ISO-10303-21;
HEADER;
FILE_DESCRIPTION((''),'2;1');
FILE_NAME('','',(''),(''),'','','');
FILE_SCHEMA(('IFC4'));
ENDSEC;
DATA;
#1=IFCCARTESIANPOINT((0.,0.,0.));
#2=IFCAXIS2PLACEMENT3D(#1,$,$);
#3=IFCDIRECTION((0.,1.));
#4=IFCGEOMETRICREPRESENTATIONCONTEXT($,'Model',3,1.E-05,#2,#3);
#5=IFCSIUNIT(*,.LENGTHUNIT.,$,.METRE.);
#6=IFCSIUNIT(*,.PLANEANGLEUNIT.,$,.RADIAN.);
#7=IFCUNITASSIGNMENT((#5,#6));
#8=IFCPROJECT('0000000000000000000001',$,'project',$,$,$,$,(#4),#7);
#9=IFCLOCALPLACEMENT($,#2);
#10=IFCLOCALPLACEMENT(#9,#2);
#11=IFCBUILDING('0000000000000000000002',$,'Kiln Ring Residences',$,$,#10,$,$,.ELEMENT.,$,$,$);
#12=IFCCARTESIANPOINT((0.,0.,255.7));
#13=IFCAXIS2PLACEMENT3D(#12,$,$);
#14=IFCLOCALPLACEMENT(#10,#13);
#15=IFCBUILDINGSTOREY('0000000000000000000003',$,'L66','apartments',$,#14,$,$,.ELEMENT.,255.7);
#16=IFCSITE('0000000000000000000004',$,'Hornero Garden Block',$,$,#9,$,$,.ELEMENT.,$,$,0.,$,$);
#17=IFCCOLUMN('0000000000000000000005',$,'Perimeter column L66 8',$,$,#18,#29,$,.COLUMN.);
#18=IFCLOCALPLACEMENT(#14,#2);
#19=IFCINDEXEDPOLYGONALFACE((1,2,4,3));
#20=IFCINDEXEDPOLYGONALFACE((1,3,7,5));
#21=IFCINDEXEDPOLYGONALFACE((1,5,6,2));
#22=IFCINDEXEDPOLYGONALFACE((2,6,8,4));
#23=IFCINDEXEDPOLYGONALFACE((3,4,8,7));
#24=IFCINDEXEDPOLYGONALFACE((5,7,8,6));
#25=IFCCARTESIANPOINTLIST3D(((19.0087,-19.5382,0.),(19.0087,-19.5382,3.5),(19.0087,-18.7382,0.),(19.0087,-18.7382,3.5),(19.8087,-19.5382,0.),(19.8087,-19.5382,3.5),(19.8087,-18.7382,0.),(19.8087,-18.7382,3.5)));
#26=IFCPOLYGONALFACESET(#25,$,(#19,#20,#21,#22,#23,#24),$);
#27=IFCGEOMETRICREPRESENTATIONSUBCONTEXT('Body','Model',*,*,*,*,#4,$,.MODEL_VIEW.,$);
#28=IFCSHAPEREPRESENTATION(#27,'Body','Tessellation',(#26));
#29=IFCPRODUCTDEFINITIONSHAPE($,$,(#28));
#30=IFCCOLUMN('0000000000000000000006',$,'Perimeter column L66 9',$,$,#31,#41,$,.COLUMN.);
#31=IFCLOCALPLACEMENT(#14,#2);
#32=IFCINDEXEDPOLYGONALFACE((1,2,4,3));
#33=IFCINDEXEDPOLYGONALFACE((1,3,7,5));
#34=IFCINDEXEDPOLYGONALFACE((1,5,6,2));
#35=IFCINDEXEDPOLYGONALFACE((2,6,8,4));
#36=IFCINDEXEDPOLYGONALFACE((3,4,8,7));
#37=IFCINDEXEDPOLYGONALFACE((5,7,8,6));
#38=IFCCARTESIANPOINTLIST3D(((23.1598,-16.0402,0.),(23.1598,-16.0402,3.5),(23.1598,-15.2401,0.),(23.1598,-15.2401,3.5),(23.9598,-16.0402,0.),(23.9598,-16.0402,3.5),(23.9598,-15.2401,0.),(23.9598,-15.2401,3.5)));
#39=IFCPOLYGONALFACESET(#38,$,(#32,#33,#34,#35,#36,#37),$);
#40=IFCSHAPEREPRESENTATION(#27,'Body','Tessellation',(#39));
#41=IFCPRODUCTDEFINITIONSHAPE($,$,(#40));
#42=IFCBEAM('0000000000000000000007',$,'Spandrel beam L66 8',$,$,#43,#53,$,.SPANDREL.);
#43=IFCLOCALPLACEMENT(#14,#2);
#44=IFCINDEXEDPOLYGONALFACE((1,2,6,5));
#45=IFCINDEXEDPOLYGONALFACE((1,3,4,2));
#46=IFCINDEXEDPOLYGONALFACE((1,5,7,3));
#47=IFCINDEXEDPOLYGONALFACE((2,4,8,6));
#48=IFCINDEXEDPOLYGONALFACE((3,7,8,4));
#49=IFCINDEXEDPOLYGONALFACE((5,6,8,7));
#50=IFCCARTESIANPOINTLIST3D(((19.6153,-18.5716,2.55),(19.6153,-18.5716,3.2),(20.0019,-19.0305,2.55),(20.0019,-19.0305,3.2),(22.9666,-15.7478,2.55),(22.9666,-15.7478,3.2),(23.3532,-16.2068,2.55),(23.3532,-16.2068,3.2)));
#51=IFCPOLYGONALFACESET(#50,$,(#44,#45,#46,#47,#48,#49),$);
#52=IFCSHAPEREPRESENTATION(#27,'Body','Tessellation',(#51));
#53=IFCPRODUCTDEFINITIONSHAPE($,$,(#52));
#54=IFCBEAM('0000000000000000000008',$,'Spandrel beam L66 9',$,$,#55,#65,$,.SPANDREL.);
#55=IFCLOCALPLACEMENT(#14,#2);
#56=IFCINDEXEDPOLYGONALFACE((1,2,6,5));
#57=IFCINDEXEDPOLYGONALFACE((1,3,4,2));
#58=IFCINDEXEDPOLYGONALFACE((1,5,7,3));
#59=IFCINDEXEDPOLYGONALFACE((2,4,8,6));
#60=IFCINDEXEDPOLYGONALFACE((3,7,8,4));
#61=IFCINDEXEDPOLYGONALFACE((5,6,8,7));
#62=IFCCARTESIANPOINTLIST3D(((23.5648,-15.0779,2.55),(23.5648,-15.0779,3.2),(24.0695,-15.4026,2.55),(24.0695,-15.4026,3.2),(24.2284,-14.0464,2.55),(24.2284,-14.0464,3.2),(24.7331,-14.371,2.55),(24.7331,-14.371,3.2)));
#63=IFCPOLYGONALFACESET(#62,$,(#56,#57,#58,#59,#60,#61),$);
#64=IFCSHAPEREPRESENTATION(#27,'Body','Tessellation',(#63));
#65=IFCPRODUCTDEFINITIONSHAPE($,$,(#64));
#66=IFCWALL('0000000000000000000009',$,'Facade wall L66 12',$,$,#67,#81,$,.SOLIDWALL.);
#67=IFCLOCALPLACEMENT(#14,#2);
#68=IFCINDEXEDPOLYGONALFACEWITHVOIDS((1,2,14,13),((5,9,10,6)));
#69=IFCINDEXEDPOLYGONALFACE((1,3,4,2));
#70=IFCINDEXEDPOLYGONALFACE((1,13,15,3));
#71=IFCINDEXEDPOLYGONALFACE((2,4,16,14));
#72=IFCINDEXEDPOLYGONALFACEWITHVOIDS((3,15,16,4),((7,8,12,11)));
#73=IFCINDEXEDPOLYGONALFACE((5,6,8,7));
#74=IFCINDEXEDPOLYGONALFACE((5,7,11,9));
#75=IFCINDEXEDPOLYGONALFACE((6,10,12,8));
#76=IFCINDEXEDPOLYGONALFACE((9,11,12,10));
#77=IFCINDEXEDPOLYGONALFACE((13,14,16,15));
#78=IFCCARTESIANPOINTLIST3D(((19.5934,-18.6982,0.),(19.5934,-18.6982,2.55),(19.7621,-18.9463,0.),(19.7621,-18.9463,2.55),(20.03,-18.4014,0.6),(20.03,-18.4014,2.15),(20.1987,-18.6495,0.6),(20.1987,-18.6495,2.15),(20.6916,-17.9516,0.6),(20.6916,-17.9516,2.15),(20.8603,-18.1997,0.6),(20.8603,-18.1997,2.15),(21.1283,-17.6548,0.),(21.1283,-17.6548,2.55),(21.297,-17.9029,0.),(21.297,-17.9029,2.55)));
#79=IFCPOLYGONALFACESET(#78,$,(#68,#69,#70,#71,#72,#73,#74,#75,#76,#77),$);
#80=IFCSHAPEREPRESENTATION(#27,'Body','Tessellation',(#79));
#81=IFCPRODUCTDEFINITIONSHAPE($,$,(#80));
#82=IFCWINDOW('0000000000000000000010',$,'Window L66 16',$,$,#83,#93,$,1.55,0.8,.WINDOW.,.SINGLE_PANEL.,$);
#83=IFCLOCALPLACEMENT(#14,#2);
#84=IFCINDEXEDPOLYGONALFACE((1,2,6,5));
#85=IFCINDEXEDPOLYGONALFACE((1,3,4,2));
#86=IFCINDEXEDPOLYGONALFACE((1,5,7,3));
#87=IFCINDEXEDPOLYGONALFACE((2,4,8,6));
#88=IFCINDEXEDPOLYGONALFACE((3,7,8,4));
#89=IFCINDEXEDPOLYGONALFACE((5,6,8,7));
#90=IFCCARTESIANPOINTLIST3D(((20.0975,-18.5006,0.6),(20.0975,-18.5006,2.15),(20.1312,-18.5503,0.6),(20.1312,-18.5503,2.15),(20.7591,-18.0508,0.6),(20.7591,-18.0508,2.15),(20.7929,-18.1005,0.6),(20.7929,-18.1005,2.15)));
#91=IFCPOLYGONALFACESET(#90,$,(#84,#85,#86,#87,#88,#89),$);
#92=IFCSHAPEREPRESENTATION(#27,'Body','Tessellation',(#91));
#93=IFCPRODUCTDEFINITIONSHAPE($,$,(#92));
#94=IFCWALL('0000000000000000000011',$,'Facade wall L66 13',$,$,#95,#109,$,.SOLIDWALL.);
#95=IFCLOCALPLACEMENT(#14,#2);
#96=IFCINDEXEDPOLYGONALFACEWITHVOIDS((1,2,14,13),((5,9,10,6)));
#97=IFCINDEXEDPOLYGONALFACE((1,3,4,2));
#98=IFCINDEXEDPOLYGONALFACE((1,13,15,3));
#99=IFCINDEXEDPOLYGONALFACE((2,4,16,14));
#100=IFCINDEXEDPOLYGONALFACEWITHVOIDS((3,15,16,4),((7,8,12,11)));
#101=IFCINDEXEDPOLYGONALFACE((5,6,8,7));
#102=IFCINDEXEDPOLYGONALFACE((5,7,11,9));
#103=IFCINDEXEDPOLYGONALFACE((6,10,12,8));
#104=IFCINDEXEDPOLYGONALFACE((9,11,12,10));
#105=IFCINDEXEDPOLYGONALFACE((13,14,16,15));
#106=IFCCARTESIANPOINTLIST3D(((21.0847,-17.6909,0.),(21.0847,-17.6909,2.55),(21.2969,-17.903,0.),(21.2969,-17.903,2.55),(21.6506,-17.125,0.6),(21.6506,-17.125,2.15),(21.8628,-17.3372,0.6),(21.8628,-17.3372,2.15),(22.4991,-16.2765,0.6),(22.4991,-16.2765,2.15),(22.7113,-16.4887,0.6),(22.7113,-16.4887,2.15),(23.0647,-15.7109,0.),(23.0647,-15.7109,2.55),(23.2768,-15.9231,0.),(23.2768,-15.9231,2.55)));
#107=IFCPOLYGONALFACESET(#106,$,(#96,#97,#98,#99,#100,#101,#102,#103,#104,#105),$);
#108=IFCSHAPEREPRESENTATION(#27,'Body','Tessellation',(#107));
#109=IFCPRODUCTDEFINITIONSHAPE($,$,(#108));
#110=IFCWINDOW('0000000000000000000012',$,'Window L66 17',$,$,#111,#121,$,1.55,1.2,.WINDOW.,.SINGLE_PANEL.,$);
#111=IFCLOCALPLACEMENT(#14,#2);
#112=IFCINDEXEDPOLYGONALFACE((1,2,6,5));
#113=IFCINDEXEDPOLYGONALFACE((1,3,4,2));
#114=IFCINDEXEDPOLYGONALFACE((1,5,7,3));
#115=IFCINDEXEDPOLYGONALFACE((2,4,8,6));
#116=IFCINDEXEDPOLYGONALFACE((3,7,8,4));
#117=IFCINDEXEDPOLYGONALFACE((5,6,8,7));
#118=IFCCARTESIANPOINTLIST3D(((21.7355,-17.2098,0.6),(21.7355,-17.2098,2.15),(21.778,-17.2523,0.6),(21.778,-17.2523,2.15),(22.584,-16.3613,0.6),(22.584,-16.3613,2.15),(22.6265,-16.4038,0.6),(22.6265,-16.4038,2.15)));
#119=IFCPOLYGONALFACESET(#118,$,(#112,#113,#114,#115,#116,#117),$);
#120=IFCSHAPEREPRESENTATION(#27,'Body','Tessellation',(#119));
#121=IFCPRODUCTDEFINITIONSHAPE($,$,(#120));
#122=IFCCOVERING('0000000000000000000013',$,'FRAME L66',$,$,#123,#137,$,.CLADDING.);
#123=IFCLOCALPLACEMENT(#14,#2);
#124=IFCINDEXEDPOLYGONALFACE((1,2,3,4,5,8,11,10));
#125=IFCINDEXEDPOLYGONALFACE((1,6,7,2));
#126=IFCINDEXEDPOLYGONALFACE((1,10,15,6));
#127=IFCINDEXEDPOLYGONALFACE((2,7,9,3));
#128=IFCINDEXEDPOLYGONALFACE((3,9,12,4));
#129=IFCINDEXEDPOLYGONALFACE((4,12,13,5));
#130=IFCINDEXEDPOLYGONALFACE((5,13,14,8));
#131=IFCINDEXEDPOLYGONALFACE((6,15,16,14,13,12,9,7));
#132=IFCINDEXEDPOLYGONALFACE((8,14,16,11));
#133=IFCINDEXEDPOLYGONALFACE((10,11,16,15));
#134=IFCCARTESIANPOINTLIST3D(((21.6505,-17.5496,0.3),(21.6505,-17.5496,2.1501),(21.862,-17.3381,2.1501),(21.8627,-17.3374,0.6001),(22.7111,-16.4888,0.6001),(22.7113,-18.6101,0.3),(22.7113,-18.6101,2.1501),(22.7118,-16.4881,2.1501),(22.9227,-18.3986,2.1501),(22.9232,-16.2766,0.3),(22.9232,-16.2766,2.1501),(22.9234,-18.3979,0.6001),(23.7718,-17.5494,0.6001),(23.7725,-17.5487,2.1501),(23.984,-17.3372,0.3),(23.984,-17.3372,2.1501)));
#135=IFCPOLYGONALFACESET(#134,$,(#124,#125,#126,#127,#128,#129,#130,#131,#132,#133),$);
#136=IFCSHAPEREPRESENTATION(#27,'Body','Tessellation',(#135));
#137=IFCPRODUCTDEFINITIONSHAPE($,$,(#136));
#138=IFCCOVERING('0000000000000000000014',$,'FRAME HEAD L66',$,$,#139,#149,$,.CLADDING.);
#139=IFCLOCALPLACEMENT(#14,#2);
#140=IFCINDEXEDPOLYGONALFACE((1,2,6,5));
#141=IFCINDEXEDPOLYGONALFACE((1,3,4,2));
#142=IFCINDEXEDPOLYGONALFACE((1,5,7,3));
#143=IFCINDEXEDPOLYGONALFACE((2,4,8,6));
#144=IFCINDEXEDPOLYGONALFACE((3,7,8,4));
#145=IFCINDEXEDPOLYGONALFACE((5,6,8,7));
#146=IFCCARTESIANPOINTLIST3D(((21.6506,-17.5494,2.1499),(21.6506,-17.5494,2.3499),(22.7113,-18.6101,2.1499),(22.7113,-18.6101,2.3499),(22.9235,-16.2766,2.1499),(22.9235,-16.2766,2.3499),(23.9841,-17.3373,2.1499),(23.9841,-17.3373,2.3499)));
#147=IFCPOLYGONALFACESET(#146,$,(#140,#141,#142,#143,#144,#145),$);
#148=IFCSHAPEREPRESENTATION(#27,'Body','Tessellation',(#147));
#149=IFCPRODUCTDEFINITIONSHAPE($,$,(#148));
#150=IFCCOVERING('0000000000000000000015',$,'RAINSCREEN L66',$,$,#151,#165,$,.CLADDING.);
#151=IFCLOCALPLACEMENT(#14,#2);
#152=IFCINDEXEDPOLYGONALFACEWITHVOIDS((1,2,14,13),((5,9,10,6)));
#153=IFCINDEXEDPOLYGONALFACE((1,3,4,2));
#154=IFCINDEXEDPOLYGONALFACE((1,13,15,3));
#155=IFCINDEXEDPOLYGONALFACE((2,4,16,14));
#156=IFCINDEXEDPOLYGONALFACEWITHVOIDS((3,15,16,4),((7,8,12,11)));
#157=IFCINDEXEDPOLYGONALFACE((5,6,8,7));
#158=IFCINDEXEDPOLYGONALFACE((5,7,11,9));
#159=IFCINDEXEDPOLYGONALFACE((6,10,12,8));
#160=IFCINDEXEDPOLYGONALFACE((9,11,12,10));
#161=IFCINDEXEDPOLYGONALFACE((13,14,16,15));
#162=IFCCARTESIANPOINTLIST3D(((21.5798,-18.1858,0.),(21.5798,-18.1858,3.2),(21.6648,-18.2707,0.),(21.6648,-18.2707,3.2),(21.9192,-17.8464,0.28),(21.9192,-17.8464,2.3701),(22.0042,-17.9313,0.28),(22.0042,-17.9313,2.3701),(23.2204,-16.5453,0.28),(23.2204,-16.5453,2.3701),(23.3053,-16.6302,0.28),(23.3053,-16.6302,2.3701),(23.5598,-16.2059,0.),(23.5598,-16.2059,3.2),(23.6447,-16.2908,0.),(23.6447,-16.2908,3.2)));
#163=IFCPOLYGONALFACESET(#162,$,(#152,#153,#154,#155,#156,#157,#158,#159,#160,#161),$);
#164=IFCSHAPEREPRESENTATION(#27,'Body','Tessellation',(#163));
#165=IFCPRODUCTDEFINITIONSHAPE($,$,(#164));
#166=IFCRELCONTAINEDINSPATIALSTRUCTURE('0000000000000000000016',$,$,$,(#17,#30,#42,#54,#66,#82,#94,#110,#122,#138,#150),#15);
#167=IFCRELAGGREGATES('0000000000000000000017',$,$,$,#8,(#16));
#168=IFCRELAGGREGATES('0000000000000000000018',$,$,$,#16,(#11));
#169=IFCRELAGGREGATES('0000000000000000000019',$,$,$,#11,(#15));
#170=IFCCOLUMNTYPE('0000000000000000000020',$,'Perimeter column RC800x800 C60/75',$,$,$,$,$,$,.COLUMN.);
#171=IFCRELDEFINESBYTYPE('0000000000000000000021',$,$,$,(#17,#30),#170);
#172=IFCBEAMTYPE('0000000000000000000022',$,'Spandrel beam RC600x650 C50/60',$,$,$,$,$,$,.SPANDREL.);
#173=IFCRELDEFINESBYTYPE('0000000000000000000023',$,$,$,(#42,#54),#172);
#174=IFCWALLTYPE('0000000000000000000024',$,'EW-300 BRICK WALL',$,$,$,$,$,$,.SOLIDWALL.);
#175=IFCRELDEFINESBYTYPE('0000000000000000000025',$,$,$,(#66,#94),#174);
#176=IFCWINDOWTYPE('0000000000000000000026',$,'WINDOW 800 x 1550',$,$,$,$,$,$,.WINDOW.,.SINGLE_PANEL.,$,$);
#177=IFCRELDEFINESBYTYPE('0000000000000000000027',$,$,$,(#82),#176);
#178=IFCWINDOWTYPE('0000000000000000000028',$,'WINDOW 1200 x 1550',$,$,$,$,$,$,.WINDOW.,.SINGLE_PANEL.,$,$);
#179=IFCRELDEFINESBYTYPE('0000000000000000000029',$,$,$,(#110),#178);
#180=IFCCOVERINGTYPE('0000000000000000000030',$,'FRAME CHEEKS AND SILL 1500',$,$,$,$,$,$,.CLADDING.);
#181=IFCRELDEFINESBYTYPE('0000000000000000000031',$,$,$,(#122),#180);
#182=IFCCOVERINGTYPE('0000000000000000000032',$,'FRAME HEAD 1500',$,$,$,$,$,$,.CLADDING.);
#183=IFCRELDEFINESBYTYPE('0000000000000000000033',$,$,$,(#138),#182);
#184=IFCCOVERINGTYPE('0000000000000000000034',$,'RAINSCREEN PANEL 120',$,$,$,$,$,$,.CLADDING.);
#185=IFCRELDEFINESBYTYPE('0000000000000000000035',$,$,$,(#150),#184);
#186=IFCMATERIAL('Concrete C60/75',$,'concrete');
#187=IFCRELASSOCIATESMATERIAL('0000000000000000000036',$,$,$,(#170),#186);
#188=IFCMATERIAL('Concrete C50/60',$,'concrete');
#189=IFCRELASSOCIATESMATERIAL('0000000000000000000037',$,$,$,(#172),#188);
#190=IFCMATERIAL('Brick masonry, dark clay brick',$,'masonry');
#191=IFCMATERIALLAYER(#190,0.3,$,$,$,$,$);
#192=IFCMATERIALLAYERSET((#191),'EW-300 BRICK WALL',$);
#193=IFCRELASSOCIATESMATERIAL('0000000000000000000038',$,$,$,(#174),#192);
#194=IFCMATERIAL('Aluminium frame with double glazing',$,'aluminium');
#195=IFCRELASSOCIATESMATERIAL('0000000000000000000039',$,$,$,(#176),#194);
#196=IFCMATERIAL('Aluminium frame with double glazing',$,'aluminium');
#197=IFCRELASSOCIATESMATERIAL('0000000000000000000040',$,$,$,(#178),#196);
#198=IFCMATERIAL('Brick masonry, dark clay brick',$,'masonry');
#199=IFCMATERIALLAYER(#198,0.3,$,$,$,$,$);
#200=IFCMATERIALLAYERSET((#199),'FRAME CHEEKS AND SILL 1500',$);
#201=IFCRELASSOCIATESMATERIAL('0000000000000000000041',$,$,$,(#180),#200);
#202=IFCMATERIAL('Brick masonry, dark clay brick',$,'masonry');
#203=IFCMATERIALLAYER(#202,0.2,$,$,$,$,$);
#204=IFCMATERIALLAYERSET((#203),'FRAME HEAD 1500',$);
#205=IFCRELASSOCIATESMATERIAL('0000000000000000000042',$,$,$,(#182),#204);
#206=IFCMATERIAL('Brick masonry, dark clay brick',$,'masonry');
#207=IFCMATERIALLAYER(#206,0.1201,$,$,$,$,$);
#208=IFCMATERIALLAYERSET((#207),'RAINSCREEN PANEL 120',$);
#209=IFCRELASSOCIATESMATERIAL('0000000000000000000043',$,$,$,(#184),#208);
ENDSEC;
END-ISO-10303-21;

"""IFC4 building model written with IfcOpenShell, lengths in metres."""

from ifc_helpers import new_model, si_unit, direction, frame, frame_2d, origin, origin_2d, place, context, subcontext, project, spatial, polyline, rectangle, outline, extrude, material, layer, layer_set, material_profile, profile_set, type_object, element, fill, save


model = new_model("IFC4")

# Units and contexts
model_context = context("Model", 3, precision=1e-05, world=origin(), true_north=direction((0.0, 1.0)))
body_context = subcontext(model_context, "Body", "Model", "MODEL_VIEW")
ifc_project = project(units=[si_unit("LENGTHUNIT", "METRE"), si_unit("PLANEANGLEUNIT", "RADIAN")], contexts=[model_context])

# Site, building, storey
site_placement = place(None, origin())
site = spatial("IfcSite", under=ifc_project, at=site_placement, Name="Hornero Garden Block", CompositionType="ELEMENT", RefElevation=0.0)
building_placement = place(site_placement, origin())
building = spatial("IfcBuilding", under=site, at=building_placement, Name="Kiln Ring Residences", CompositionType="ELEMENT")
storey_placement = place(building_placement, frame((0.0, 0.0, 255.7)))
storey = spatial("IfcBuildingStorey", under=building, at=storey_placement, Name="L66", Description="apartments", CompositionType="ELEMENT", Elevation=255.7)

# Columns
ifc_material_1 = material(Name="Concrete C60/75", Category="concrete")
ifc_material_profile_1 = material_profile(ifc_material_1, rectangle(XDim=0.8, YDim=0.8, at=origin_2d()), Name="RC800x800")
ifc_profile_set_1 = profile_set([ifc_material_profile_1], Name="Concrete C60/75")
column_type = type_object("IfcColumnType", Name="Perimeter column RC800x800 C60/75", PredefinedType="COLUMN", material=ifc_profile_set_1)
for number, where, z_axis, x_axis, name in (
    (1, (19.4087, -19.1382, 0.0), (0.0, 0.0, 1.0), (1.0, 0.0, 0.0), "Perimeter column L66 8"),
    (2, (23.5598, -15.6401, 0.0), (0.0, 0.0, 1.0), (1.0, 0.0, 0.0), "Perimeter column L66 9"),
):
    element("IfcColumn", number, at=place(storey_placement, frame(where, z_axis=z_axis, x_axis=x_axis)), inside=storey, type_object=column_type, Name=name, PredefinedType="COLUMN", context=body_context, shape_type="SweptSolid", body=[
        extrude(rectangle(XDim=0.8, YDim=0.8, at=origin_2d()), origin(), (0.0, 0.0, 1.0), 3.5),
    ])

# Beams
ifc_material_2 = material(Name="Concrete C50/60", Category="concrete")
ifc_material_profile_2 = material_profile(ifc_material_2, rectangle(XDim=0.6001, YDim=0.6499, at=origin_2d()), Name="RC600x650")
ifc_profile_set_2 = profile_set([ifc_material_profile_2], Name="Concrete C50/60")
beam_type = type_object("IfcBeamType", Name="Spandrel beam RC600x650 C50/60", PredefinedType="SPANDREL", material=ifc_profile_set_2)
beam_1_placement = place(storey_placement, frame((19.8086, -18.801, 2.875), z_axis=(0.764735, 0.644345, 0.0), x_axis=(-0.644345, 0.764735, 0.0)))
element("IfcBeam", 3, at=beam_1_placement, inside=storey, type_object=beam_type, Name="Spandrel beam L66 8", PredefinedType="SPANDREL", context=body_context, shape_type="SweptSolid", body=[
    extrude(rectangle(XDim=0.6001, YDim=0.6499, at=origin_2d()), origin(), (0.0, 0.0, 1.0), 4.3823),
])
beam_2_placement = place(storey_placement, frame((23.8171, -15.2402, 2.875), z_axis=(0.541029, 0.841004, 0.0), x_axis=(-0.841004, 0.541029, 0.0)))
element("IfcBeam", 4, at=beam_2_placement, inside=storey, type_object=beam_type, Name="Spandrel beam L66 9", PredefinedType="SPANDREL", context=body_context, shape_type="SweptSolid", body=[
    extrude(rectangle(XDim=0.6001, YDim=0.6499, at=origin_2d()), origin(), (0.0, 0.0, 1.0), 1.2266),
])

# Walls, openings, windows
ifc_material_3 = material(Name="Brick masonry, dark clay brick", Category="masonry")
ifc_layer_1 = layer(ifc_material_3, 0.3)
ifc_layer_set_1 = layer_set([ifc_layer_1], Name="EW-300 BRICK WALL")
wall_type = type_object("IfcWallType", Name="EW-300 BRICK WALL", PredefinedType="SOLIDWALL", material=ifc_layer_set_1)
wall_1_placement = place(storey_placement, frame((19.6777, -18.8223, 0.0), z_axis=(0.0, 0.0, 1.0), x_axis=(0.826997, 0.562206, 0.0)))
wall_1 = element("IfcWall", 5, at=wall_1_placement, inside=storey, type_object=wall_type, Name="Facade wall L66 12", PredefinedType="SOLIDWALL", context=body_context, shape_type="SweptSolid", body=[
    extrude(rectangle(XDim=1.856, YDim=0.3, at=frame_2d((0.928, 0.0))), origin(), (0.0, 0.0, 1.0), 2.55),
])
opening_1_placement = place(wall_1_placement, frame((0.5281, 0.0, 0.6001)))
opening_1 = element("IfcOpeningElement", 6, at=opening_1_placement, cuts=wall_1, PredefinedType="OPENING", context=body_context, shape_type="SweptSolid", body=[
    extrude(rectangle(XDim=0.8, YDim=1.55, at=frame_2d((0.3999, 0.7749))), frame((0.0, 0.1599, 0.0), z_axis=(0.0, -1.0, 0.0), x_axis=(1.0, 0.0, 0.0)), (0.0, 0.0, 1.0), 0.3201),
])
ifc_material_4 = material(Name="Aluminium frame with double glazing", Category="aluminium")
window_type_1 = type_object("IfcWindowType", Name="WINDOW 800 x 1550", PartitioningType="SINGLE_PANEL", PredefinedType="WINDOW", material=ifc_material_4)
window_1_placement = place(opening_1_placement, origin())
window_1 = element("IfcWindow", 7, at=window_1_placement, inside=storey, type_object=window_type_1, Name="Window L66 16", OverallHeight=1.55, OverallWidth=0.8, PartitioningType="SINGLE_PANEL", PredefinedType="WINDOW", context=body_context, shape_type="SweptSolid", body=[
    extrude(rectangle(XDim=0.8, YDim=1.55, at=frame_2d((0.3999, 0.7749))), frame((0.0, 0.03, 0.0), z_axis=(0.0, -1.0, 0.0), x_axis=(1.0, 0.0, 0.0)), (0.0, 0.0, 1.0), 0.0601),
])
fill(opening_1, window_1)
wall_2_placement = place(storey_placement, frame((21.1909, -17.7969, 0.0), z_axis=(0.0, 0.0, 1.0), x_axis=(0.707107, 0.707107, 0.0)))
wall_2 = element("IfcWall", 8, at=wall_2_placement, inside=storey, type_object=wall_type, Name="Facade wall L66 13", PredefinedType="SOLIDWALL", context=body_context, shape_type="SweptSolid", body=[
    extrude(rectangle(XDim=2.8, YDim=0.3, at=frame_2d((1.3999, 0.0))), origin(), (0.0, 0.0, 1.0), 2.55),
])
opening_2_placement = place(wall_2_placement, frame((0.8, 0.0, 0.6001)))
opening_2 = element("IfcOpeningElement", 9, at=opening_2_placement, cuts=wall_2, PredefinedType="OPENING", context=body_context, shape_type="SweptSolid", body=[
    extrude(rectangle(XDim=1.2, YDim=1.55, at=frame_2d((0.6001, 0.7749))), frame((0.0, 0.1599, 0.0), z_axis=(0.0, -1.0, 0.0), x_axis=(1.0, 0.0, 0.0)), (0.0, 0.0, 1.0), 0.3201),
])
ifc_material_5 = material(Name="Aluminium frame with double glazing", Category="aluminium")
window_type_2 = type_object("IfcWindowType", Name="WINDOW 1200 x 1550", PartitioningType="SINGLE_PANEL", PredefinedType="WINDOW", material=ifc_material_5)
window_2_placement = place(opening_2_placement, origin())
window_2 = element("IfcWindow", 10, at=window_2_placement, inside=storey, type_object=window_type_2, Name="Window L66 17", OverallHeight=1.55, OverallWidth=1.2, PartitioningType="SINGLE_PANEL", PredefinedType="WINDOW", context=body_context, shape_type="SweptSolid", body=[
    extrude(rectangle(XDim=1.2, YDim=1.55, at=frame_2d((0.6001, 0.7749))), frame((0.0, 0.03, 0.0), z_axis=(0.0, -1.0, 0.0), x_axis=(1.0, 0.0, 0.0)), (0.0, 0.0, 1.0), 0.0601),
])
fill(opening_2, window_2)

# Coverings
ifc_material_6 = material(Name="Brick masonry, dark clay brick", Category="masonry")
ifc_layer_2 = layer(ifc_material_6, 0.3)
ifc_layer_set_2 = layer_set([ifc_layer_2], Name="FRAME CHEEKS AND SILL 1500")
covering_type_1 = type_object("IfcCoveringType", Name="FRAME CHEEKS AND SILL 1500", PredefinedType="CLADDING", material=ifc_layer_set_2)
covering_1_placement = place(storey_placement, frame((22.1809, -18.0798, 0.3), z_axis=(0.0, 0.0, 1.0), x_axis=(0.707039, 0.707175, 0.0)))
element("IfcCovering", 11, at=covering_1_placement, inside=storey, type_object=covering_type_1, Name="FRAME L66", PredefinedType="CLADDING", context=body_context, shape_type="SweptSolid", body=[
    extrude(outline(polyline([(0.0, 0.0), (1.8, 0.0), (1.8, 1.8501), (1.501, 1.8501), (1.5, 0.3), (0.3, 0.3), (0.2991, 1.8501), (0.0, 1.8501), (0.0, 0.0)])), frame((0.0, 0.75, 0.0), z_axis=(0.0, -1.0, 0.0), x_axis=(1.0, 0.0, 0.0)), (0.0, 0.0, 1.0), 1.5),
])
ifc_material_7 = material(Name="Brick masonry, dark clay brick", Category="masonry")
ifc_layer_3 = layer(ifc_material_7, 0.2)
ifc_layer_set_3 = layer_set([ifc_layer_3], Name="FRAME HEAD 1500")
covering_type_2 = type_object("IfcCoveringType", Name="FRAME HEAD 1500", PredefinedType="CLADDING", material=ifc_layer_set_3)
covering_2_placement = place(storey_placement, frame((22.8174, -17.4434, 2.1499), z_axis=(0.0, 0.0, 1.0), x_axis=(0.707107, 0.707107, 0.0)))
element("IfcCovering", 12, at=covering_2_placement, inside=storey, type_object=covering_type_2, Name="FRAME HEAD L66", PredefinedType="CLADDING", context=body_context, shape_type="SweptSolid", body=[
    extrude(rectangle(XDim=1.8, YDim=1.5, at=origin_2d()), origin(), (0.0, 0.0, 1.0), 0.2),
])
ifc_material_8 = material(Name="Brick masonry, dark clay brick", Category="masonry")
ifc_layer_4 = layer(ifc_material_8, 0.1201)
ifc_layer_set_4 = layer_set([ifc_layer_4], Name="RAINSCREEN PANEL 120")
covering_type_3 = type_object("IfcCoveringType", Name="RAINSCREEN PANEL 120", PredefinedType="CLADDING", material=ifc_layer_set_4)
covering_3_placement = place(storey_placement, frame((21.6223, -18.2283, 0.0), z_axis=(0.0, 0.0, 1.0), x_axis=(0.707107, 0.707107, 0.0)))
element("IfcCovering", 13, at=covering_3_placement, inside=storey, type_object=covering_type_3, Name="RAINSCREEN L66", PredefinedType="CLADDING", context=body_context, shape_type="SweptSolid", body=[
    extrude(outline(polyline([(0.0, 0.0), (2.8, 0.0), (2.8, 3.2), (0.0, 3.2), (0.0, 0.0)]), holes=[polyline([(0.48, 2.3701), (0.48, 0.28), (2.3201, 0.28), (2.3201, 2.3701), (0.48, 2.3701)])]), frame((0.0, 0.0601, 0.0), z_axis=(0.0, -1.0, 0.0), x_axis=(1.0, 0.0, 0.0)), (0.0, 0.0, 1.0), 0.1201),
])

save(model, "model.ifc")
